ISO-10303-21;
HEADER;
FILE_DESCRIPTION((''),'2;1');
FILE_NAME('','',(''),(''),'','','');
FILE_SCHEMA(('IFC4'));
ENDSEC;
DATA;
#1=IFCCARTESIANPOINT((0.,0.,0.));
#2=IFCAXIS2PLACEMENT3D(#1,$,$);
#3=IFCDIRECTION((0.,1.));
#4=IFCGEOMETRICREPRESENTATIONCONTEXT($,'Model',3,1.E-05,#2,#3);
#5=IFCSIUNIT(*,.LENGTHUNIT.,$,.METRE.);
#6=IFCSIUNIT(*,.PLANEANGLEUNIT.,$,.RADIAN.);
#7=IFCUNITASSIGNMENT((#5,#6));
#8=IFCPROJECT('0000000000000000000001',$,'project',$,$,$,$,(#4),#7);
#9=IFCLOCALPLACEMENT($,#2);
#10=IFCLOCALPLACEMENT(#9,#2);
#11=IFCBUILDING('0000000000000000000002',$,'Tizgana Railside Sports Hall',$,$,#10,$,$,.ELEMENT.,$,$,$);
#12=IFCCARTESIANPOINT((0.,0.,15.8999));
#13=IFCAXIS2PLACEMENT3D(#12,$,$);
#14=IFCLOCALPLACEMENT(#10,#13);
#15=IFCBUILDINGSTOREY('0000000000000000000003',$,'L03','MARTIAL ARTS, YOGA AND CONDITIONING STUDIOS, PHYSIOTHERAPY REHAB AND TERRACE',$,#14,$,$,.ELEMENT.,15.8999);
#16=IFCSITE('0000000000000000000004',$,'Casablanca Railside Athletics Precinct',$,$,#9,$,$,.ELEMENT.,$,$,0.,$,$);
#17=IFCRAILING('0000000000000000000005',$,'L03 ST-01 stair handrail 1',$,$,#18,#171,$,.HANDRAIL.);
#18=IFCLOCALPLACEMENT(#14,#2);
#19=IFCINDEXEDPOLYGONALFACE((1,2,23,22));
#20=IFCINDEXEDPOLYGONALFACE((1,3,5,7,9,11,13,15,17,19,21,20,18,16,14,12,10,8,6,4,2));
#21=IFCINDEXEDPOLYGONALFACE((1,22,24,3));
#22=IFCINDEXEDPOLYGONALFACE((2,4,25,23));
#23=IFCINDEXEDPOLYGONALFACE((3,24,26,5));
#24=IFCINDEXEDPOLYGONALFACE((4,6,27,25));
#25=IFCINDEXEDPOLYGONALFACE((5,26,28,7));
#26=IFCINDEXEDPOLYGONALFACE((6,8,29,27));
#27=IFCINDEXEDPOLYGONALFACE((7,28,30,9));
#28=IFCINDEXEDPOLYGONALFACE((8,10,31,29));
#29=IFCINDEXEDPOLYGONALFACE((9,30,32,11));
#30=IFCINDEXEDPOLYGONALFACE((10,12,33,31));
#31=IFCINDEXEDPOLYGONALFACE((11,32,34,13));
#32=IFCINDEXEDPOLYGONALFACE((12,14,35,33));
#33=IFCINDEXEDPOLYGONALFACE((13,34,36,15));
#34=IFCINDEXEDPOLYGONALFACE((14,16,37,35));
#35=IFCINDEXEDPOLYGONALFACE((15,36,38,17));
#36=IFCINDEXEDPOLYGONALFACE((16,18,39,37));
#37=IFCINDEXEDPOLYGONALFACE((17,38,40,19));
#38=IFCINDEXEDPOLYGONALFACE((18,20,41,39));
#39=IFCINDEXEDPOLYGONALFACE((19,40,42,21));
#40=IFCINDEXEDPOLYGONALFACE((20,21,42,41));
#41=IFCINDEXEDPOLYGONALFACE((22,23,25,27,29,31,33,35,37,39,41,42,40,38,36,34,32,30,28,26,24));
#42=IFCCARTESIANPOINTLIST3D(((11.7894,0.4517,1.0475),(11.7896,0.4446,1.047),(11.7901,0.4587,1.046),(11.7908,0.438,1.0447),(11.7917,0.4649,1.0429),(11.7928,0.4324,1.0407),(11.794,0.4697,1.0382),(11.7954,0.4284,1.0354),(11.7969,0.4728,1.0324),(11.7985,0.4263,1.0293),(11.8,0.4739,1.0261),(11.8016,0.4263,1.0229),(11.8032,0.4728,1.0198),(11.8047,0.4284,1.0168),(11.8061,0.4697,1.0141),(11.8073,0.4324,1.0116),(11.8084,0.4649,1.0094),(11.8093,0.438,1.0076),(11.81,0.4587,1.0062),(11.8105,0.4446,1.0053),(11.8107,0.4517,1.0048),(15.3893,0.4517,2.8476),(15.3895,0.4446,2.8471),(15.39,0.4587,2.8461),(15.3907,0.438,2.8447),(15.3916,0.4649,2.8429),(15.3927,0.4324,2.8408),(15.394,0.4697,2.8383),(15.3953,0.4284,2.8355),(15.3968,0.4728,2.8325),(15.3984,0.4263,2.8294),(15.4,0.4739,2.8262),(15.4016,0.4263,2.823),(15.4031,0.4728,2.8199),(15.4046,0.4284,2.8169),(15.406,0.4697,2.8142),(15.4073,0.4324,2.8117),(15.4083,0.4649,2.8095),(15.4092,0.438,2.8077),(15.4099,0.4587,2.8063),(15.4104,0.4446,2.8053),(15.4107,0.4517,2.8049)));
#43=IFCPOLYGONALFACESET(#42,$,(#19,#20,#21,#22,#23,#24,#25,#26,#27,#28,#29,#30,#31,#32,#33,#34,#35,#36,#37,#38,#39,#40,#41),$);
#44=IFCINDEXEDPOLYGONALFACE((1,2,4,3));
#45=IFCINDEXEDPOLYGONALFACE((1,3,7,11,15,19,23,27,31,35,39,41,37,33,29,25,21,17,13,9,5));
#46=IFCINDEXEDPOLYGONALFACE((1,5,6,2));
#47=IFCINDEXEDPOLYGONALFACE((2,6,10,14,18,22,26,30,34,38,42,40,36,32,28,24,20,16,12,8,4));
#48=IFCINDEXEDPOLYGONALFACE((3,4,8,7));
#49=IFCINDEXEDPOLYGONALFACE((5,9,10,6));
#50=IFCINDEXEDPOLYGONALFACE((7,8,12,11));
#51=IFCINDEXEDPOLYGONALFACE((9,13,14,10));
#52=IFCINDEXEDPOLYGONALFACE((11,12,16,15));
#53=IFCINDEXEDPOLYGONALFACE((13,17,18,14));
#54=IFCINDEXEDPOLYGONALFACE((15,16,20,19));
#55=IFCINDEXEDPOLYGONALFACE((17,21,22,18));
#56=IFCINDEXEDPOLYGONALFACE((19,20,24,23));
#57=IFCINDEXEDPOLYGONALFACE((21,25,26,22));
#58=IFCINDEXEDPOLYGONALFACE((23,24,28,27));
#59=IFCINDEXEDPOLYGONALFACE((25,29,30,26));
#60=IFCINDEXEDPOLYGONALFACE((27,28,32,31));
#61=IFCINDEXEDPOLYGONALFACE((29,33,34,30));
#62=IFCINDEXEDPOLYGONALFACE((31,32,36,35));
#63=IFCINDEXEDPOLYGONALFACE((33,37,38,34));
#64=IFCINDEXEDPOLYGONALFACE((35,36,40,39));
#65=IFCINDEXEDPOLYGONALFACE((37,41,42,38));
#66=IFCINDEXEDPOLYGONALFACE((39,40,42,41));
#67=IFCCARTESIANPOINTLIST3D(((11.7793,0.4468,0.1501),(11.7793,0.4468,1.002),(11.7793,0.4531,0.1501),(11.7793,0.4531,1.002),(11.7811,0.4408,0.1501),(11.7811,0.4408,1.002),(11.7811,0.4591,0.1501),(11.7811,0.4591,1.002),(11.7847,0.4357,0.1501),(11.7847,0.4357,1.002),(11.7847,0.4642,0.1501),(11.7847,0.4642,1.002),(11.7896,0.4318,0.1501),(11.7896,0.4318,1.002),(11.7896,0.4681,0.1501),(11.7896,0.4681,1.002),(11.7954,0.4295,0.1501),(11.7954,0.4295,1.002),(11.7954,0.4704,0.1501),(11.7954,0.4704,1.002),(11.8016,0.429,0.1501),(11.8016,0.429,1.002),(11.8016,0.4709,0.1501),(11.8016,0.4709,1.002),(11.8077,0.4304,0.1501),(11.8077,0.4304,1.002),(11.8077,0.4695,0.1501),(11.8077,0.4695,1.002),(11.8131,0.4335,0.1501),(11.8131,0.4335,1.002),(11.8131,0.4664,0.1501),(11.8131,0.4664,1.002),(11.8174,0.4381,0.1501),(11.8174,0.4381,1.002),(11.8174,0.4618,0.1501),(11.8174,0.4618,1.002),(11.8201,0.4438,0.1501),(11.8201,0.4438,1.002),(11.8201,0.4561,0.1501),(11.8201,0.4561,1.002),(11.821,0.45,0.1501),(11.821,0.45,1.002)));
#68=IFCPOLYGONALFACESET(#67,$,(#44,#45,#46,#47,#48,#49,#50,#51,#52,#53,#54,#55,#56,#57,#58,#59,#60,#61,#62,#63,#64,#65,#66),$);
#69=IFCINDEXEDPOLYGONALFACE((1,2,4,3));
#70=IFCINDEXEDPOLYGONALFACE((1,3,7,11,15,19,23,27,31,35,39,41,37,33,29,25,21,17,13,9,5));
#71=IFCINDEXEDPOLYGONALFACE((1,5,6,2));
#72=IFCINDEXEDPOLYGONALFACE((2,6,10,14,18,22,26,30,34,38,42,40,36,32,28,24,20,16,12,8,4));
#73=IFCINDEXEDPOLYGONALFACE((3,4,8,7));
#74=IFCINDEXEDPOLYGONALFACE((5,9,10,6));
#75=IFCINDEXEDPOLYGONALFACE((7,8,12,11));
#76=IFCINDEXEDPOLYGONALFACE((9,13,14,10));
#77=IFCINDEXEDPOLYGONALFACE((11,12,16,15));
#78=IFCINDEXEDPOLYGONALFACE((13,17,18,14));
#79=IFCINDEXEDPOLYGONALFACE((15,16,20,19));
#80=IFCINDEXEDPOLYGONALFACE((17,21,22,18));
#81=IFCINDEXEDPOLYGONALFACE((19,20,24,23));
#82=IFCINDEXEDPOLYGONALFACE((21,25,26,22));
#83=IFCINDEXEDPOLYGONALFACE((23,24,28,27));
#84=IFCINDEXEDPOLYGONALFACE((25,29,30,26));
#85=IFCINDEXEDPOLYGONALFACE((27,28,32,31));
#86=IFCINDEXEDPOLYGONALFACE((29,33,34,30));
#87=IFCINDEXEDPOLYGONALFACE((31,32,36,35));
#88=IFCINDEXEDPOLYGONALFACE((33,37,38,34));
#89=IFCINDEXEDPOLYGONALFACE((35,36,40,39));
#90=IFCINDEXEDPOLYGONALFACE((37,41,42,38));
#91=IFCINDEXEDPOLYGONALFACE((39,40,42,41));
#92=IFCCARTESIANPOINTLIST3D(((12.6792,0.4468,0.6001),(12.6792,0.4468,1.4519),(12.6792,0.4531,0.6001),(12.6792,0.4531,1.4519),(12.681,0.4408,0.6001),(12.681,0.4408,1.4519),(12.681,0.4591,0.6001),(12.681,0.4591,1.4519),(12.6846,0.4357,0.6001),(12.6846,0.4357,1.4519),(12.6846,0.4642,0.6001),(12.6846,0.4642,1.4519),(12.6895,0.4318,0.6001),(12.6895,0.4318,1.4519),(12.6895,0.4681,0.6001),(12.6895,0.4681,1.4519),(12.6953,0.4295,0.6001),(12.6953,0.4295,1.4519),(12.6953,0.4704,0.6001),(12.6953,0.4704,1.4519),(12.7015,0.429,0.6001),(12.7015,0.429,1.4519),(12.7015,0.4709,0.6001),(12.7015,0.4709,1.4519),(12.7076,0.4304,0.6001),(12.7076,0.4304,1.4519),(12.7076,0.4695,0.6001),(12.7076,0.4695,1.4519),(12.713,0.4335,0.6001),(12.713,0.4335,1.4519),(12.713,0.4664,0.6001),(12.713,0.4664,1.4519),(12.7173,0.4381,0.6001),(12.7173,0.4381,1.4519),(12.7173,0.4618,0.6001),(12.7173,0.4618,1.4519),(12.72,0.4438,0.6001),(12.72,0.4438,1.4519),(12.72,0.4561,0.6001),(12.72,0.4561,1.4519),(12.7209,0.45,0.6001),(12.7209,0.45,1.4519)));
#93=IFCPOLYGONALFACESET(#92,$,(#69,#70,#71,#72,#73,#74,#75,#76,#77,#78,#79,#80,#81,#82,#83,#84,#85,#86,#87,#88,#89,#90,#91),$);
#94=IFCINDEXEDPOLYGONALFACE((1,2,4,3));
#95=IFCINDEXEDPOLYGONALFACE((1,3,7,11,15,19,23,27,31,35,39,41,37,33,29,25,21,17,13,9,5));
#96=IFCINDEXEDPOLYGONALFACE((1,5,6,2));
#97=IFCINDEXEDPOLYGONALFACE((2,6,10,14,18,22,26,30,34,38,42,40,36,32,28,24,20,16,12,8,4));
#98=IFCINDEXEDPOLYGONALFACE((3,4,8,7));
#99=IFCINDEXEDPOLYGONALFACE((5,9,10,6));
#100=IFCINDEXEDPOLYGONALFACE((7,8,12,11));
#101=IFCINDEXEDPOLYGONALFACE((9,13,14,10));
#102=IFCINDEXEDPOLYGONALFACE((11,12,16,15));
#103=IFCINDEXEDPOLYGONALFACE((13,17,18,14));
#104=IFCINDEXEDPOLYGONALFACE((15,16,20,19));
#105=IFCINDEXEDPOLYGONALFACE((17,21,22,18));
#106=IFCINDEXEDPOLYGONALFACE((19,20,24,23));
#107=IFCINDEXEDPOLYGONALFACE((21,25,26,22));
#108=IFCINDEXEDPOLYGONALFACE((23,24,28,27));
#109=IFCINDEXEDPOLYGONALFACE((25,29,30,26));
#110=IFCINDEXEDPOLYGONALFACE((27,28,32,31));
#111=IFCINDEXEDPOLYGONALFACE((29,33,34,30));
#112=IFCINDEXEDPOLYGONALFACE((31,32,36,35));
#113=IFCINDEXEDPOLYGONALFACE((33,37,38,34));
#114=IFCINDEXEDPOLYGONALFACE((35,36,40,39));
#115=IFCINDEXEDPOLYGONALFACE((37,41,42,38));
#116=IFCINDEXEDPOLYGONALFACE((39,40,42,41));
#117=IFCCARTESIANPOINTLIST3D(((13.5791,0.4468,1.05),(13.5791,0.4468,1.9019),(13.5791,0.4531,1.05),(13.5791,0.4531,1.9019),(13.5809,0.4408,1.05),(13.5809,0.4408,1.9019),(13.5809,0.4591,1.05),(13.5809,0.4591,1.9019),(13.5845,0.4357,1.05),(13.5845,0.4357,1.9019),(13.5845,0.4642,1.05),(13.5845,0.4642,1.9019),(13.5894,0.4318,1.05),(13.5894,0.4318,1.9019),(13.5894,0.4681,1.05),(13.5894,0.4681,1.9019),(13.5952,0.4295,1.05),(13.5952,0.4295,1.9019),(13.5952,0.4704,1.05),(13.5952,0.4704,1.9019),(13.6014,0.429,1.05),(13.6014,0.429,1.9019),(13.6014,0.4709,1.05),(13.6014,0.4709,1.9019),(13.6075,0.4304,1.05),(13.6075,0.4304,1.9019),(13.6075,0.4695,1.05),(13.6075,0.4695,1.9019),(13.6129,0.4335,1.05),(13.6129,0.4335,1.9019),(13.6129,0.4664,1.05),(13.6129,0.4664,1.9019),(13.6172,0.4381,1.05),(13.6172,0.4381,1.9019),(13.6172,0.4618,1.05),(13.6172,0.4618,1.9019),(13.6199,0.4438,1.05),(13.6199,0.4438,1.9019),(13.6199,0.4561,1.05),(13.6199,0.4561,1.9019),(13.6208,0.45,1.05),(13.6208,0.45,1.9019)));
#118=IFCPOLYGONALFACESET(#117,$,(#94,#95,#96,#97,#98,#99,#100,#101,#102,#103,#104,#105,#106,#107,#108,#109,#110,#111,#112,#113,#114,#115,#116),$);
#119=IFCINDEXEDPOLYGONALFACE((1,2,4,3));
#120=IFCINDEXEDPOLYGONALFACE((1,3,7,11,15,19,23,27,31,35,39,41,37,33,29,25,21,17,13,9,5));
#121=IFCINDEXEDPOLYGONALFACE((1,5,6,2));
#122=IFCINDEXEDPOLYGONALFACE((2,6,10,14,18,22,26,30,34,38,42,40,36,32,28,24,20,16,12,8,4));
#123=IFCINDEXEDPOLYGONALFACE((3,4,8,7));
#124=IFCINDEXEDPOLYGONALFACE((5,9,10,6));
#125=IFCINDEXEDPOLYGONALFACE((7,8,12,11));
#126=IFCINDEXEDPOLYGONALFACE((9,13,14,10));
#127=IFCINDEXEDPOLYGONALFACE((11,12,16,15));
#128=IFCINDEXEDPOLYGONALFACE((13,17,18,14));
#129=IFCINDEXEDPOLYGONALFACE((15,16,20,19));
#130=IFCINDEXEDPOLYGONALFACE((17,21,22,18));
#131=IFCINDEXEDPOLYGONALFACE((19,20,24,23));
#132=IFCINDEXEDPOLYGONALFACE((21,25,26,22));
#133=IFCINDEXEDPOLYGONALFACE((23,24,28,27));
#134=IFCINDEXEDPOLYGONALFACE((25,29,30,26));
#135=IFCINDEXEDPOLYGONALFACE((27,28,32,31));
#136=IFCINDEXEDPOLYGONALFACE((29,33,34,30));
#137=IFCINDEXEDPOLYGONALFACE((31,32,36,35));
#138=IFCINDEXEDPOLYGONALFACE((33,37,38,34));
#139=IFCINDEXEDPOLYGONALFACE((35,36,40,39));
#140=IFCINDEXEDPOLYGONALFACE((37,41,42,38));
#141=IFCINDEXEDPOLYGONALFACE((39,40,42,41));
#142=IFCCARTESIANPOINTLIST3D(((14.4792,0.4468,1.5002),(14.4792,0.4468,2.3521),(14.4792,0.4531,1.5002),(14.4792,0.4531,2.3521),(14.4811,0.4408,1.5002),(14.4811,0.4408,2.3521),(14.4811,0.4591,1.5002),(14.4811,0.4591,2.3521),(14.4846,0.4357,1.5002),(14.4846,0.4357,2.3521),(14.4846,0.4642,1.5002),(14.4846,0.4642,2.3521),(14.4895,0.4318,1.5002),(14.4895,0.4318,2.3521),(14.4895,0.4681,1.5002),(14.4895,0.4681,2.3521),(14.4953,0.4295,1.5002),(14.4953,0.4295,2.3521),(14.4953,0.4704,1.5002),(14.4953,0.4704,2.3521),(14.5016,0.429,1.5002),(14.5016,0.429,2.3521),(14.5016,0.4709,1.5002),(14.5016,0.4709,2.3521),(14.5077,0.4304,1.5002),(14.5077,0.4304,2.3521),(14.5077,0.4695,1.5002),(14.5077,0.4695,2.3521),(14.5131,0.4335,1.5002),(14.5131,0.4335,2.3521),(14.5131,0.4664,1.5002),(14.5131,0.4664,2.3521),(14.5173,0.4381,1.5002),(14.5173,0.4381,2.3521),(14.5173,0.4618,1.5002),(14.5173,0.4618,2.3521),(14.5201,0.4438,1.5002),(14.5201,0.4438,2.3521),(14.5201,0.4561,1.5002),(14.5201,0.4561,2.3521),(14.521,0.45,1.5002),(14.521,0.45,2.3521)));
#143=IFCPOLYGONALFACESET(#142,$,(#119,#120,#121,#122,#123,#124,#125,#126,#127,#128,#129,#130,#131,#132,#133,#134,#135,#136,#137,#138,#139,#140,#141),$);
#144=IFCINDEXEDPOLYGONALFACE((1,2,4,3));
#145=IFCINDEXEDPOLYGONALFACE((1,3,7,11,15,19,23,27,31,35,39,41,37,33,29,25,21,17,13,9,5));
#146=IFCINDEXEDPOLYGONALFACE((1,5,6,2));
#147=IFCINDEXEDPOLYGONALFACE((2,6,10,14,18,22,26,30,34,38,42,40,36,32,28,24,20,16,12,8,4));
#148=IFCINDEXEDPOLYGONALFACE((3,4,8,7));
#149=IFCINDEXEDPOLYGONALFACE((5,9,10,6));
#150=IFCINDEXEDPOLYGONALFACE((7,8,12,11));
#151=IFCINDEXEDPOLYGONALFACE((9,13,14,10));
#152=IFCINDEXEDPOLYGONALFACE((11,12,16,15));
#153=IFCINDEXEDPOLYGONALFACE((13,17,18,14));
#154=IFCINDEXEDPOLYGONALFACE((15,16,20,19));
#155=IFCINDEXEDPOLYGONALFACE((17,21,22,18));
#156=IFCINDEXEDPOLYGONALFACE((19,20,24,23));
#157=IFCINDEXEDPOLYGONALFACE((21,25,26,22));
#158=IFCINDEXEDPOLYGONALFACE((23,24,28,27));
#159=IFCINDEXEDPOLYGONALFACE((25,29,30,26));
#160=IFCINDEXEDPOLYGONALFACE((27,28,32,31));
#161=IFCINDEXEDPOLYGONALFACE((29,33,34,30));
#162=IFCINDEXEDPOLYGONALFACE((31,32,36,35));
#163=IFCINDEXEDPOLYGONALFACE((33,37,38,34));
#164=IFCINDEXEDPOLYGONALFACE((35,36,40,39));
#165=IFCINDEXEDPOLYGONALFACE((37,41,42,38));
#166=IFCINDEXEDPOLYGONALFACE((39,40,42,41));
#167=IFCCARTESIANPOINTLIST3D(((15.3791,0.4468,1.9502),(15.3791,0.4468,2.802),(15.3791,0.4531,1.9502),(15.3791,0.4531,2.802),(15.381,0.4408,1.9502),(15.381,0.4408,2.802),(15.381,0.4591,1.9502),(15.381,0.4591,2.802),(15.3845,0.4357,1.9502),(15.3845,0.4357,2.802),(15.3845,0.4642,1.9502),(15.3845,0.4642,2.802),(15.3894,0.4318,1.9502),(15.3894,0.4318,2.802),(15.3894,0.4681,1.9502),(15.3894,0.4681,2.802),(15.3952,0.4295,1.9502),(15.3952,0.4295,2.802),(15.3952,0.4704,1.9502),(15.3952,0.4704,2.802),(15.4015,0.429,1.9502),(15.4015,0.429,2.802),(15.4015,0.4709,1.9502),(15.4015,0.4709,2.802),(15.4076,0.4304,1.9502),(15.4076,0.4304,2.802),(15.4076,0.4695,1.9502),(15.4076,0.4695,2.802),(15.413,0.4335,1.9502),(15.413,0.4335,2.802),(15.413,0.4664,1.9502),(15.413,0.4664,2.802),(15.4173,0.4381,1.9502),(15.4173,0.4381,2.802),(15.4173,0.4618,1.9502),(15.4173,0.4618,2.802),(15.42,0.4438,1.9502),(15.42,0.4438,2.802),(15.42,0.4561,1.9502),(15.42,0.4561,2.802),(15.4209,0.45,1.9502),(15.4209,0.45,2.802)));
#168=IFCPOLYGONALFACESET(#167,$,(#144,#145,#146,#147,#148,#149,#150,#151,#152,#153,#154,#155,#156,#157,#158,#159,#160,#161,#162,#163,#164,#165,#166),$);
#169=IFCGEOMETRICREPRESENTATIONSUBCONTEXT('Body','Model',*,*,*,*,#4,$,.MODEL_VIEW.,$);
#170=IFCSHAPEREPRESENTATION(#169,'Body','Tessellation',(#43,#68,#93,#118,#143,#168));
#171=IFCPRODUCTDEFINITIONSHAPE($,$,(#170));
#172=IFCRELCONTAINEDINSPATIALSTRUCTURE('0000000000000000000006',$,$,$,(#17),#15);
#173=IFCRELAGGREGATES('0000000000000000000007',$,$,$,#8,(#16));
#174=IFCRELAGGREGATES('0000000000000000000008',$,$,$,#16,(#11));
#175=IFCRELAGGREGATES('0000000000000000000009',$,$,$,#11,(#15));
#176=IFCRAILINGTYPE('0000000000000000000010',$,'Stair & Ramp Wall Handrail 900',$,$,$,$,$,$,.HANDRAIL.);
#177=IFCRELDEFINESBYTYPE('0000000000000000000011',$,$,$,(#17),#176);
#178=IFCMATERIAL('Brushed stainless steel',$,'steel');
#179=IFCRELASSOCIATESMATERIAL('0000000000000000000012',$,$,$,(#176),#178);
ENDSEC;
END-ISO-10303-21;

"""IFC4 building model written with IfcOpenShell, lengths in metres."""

from ifc_helpers import new_model, si_unit, direction, frame, origin, origin_2d, place, context, subcontext, project, spatial, circle, extrude, material, type_object, element, save


model = new_model("IFC4")

# Units and contexts
model_context = context("Model", 3, precision=1e-05, world=origin(), true_north=direction((0.0, 1.0)))
body_context = subcontext(model_context, "Body", "Model", "MODEL_VIEW")
ifc_project = project(units=[si_unit("LENGTHUNIT", "METRE"), si_unit("PLANEANGLEUNIT", "RADIAN")], contexts=[model_context])

# Site, building, storey
site_placement = place(None, origin())
site = spatial("IfcSite", under=ifc_project, at=site_placement, Name="Casablanca Railside Athletics Precinct", CompositionType="ELEMENT", RefElevation=0.0)
building_placement = place(site_placement, origin())
building = spatial("IfcBuilding", under=site, at=building_placement, Name="Tizgana Railside Sports Hall", CompositionType="ELEMENT")
storey_placement = place(building_placement, frame((0.0, 0.0, 15.8999)))
storey = spatial("IfcBuildingStorey", under=building, at=storey_placement, Name="L03", Description="MARTIAL ARTS, YOGA AND CONDITIONING STUDIOS, PHYSIOTHERAPY REHAB AND TERRACE", CompositionType="ELEMENT", Elevation=15.8999)

# Shared definitions
ifc_material_1 = material(Name="Brushed stainless steel", Category="steel")

# Railing
railing_type_1 = type_object("IfcRailingType", Name="Stair & Ramp Wall Handrail 900", PredefinedType="HANDRAIL", material=ifc_material_1)
railing_1_placement = place(storey_placement, frame((11.8, 0.45, 0.1501)))
element("IfcRailing", 1, at=railing_1_placement, inside=storey, type_object=railing_type_1, Name="L03 ST-01 stair handrail 1", PredefinedType="HANDRAIL", context=body_context, shape_type="SweptSolid", body=[
    extrude(circle(Radius=0.0239, at=origin_2d()), frame((0.0, 0.0, 0.876), z_axis=(0.894415, 0.0, 0.447238), x_axis=(0.0, 1.0, 0.0)), (0.0, 0.0, 1.0), 4.0249),
    extrude(circle(Radius=0.021, at=origin_2d()), origin(), (0.0, 0.0, 1.0), 0.8518),
    extrude(circle(Radius=0.021, at=origin_2d()), frame((0.8999, 0.0, 0.45)), (0.0, 0.0, 1.0), 0.8518),
    extrude(circle(Radius=0.021, at=origin_2d()), frame((1.7998, 0.0, 0.8999)), (0.0, 0.0, 1.0), 0.8518),
    extrude(circle(Radius=0.021, at=origin_2d()), frame((2.7, 0.0, 1.3501)), (0.0, 0.0, 1.0), 0.8518),
    extrude(circle(Radius=0.021, at=origin_2d()), frame((3.5999, 0.0, 1.8)), (0.0, 0.0, 1.0), 0.8518),
])

save(model, "model.ifc")
